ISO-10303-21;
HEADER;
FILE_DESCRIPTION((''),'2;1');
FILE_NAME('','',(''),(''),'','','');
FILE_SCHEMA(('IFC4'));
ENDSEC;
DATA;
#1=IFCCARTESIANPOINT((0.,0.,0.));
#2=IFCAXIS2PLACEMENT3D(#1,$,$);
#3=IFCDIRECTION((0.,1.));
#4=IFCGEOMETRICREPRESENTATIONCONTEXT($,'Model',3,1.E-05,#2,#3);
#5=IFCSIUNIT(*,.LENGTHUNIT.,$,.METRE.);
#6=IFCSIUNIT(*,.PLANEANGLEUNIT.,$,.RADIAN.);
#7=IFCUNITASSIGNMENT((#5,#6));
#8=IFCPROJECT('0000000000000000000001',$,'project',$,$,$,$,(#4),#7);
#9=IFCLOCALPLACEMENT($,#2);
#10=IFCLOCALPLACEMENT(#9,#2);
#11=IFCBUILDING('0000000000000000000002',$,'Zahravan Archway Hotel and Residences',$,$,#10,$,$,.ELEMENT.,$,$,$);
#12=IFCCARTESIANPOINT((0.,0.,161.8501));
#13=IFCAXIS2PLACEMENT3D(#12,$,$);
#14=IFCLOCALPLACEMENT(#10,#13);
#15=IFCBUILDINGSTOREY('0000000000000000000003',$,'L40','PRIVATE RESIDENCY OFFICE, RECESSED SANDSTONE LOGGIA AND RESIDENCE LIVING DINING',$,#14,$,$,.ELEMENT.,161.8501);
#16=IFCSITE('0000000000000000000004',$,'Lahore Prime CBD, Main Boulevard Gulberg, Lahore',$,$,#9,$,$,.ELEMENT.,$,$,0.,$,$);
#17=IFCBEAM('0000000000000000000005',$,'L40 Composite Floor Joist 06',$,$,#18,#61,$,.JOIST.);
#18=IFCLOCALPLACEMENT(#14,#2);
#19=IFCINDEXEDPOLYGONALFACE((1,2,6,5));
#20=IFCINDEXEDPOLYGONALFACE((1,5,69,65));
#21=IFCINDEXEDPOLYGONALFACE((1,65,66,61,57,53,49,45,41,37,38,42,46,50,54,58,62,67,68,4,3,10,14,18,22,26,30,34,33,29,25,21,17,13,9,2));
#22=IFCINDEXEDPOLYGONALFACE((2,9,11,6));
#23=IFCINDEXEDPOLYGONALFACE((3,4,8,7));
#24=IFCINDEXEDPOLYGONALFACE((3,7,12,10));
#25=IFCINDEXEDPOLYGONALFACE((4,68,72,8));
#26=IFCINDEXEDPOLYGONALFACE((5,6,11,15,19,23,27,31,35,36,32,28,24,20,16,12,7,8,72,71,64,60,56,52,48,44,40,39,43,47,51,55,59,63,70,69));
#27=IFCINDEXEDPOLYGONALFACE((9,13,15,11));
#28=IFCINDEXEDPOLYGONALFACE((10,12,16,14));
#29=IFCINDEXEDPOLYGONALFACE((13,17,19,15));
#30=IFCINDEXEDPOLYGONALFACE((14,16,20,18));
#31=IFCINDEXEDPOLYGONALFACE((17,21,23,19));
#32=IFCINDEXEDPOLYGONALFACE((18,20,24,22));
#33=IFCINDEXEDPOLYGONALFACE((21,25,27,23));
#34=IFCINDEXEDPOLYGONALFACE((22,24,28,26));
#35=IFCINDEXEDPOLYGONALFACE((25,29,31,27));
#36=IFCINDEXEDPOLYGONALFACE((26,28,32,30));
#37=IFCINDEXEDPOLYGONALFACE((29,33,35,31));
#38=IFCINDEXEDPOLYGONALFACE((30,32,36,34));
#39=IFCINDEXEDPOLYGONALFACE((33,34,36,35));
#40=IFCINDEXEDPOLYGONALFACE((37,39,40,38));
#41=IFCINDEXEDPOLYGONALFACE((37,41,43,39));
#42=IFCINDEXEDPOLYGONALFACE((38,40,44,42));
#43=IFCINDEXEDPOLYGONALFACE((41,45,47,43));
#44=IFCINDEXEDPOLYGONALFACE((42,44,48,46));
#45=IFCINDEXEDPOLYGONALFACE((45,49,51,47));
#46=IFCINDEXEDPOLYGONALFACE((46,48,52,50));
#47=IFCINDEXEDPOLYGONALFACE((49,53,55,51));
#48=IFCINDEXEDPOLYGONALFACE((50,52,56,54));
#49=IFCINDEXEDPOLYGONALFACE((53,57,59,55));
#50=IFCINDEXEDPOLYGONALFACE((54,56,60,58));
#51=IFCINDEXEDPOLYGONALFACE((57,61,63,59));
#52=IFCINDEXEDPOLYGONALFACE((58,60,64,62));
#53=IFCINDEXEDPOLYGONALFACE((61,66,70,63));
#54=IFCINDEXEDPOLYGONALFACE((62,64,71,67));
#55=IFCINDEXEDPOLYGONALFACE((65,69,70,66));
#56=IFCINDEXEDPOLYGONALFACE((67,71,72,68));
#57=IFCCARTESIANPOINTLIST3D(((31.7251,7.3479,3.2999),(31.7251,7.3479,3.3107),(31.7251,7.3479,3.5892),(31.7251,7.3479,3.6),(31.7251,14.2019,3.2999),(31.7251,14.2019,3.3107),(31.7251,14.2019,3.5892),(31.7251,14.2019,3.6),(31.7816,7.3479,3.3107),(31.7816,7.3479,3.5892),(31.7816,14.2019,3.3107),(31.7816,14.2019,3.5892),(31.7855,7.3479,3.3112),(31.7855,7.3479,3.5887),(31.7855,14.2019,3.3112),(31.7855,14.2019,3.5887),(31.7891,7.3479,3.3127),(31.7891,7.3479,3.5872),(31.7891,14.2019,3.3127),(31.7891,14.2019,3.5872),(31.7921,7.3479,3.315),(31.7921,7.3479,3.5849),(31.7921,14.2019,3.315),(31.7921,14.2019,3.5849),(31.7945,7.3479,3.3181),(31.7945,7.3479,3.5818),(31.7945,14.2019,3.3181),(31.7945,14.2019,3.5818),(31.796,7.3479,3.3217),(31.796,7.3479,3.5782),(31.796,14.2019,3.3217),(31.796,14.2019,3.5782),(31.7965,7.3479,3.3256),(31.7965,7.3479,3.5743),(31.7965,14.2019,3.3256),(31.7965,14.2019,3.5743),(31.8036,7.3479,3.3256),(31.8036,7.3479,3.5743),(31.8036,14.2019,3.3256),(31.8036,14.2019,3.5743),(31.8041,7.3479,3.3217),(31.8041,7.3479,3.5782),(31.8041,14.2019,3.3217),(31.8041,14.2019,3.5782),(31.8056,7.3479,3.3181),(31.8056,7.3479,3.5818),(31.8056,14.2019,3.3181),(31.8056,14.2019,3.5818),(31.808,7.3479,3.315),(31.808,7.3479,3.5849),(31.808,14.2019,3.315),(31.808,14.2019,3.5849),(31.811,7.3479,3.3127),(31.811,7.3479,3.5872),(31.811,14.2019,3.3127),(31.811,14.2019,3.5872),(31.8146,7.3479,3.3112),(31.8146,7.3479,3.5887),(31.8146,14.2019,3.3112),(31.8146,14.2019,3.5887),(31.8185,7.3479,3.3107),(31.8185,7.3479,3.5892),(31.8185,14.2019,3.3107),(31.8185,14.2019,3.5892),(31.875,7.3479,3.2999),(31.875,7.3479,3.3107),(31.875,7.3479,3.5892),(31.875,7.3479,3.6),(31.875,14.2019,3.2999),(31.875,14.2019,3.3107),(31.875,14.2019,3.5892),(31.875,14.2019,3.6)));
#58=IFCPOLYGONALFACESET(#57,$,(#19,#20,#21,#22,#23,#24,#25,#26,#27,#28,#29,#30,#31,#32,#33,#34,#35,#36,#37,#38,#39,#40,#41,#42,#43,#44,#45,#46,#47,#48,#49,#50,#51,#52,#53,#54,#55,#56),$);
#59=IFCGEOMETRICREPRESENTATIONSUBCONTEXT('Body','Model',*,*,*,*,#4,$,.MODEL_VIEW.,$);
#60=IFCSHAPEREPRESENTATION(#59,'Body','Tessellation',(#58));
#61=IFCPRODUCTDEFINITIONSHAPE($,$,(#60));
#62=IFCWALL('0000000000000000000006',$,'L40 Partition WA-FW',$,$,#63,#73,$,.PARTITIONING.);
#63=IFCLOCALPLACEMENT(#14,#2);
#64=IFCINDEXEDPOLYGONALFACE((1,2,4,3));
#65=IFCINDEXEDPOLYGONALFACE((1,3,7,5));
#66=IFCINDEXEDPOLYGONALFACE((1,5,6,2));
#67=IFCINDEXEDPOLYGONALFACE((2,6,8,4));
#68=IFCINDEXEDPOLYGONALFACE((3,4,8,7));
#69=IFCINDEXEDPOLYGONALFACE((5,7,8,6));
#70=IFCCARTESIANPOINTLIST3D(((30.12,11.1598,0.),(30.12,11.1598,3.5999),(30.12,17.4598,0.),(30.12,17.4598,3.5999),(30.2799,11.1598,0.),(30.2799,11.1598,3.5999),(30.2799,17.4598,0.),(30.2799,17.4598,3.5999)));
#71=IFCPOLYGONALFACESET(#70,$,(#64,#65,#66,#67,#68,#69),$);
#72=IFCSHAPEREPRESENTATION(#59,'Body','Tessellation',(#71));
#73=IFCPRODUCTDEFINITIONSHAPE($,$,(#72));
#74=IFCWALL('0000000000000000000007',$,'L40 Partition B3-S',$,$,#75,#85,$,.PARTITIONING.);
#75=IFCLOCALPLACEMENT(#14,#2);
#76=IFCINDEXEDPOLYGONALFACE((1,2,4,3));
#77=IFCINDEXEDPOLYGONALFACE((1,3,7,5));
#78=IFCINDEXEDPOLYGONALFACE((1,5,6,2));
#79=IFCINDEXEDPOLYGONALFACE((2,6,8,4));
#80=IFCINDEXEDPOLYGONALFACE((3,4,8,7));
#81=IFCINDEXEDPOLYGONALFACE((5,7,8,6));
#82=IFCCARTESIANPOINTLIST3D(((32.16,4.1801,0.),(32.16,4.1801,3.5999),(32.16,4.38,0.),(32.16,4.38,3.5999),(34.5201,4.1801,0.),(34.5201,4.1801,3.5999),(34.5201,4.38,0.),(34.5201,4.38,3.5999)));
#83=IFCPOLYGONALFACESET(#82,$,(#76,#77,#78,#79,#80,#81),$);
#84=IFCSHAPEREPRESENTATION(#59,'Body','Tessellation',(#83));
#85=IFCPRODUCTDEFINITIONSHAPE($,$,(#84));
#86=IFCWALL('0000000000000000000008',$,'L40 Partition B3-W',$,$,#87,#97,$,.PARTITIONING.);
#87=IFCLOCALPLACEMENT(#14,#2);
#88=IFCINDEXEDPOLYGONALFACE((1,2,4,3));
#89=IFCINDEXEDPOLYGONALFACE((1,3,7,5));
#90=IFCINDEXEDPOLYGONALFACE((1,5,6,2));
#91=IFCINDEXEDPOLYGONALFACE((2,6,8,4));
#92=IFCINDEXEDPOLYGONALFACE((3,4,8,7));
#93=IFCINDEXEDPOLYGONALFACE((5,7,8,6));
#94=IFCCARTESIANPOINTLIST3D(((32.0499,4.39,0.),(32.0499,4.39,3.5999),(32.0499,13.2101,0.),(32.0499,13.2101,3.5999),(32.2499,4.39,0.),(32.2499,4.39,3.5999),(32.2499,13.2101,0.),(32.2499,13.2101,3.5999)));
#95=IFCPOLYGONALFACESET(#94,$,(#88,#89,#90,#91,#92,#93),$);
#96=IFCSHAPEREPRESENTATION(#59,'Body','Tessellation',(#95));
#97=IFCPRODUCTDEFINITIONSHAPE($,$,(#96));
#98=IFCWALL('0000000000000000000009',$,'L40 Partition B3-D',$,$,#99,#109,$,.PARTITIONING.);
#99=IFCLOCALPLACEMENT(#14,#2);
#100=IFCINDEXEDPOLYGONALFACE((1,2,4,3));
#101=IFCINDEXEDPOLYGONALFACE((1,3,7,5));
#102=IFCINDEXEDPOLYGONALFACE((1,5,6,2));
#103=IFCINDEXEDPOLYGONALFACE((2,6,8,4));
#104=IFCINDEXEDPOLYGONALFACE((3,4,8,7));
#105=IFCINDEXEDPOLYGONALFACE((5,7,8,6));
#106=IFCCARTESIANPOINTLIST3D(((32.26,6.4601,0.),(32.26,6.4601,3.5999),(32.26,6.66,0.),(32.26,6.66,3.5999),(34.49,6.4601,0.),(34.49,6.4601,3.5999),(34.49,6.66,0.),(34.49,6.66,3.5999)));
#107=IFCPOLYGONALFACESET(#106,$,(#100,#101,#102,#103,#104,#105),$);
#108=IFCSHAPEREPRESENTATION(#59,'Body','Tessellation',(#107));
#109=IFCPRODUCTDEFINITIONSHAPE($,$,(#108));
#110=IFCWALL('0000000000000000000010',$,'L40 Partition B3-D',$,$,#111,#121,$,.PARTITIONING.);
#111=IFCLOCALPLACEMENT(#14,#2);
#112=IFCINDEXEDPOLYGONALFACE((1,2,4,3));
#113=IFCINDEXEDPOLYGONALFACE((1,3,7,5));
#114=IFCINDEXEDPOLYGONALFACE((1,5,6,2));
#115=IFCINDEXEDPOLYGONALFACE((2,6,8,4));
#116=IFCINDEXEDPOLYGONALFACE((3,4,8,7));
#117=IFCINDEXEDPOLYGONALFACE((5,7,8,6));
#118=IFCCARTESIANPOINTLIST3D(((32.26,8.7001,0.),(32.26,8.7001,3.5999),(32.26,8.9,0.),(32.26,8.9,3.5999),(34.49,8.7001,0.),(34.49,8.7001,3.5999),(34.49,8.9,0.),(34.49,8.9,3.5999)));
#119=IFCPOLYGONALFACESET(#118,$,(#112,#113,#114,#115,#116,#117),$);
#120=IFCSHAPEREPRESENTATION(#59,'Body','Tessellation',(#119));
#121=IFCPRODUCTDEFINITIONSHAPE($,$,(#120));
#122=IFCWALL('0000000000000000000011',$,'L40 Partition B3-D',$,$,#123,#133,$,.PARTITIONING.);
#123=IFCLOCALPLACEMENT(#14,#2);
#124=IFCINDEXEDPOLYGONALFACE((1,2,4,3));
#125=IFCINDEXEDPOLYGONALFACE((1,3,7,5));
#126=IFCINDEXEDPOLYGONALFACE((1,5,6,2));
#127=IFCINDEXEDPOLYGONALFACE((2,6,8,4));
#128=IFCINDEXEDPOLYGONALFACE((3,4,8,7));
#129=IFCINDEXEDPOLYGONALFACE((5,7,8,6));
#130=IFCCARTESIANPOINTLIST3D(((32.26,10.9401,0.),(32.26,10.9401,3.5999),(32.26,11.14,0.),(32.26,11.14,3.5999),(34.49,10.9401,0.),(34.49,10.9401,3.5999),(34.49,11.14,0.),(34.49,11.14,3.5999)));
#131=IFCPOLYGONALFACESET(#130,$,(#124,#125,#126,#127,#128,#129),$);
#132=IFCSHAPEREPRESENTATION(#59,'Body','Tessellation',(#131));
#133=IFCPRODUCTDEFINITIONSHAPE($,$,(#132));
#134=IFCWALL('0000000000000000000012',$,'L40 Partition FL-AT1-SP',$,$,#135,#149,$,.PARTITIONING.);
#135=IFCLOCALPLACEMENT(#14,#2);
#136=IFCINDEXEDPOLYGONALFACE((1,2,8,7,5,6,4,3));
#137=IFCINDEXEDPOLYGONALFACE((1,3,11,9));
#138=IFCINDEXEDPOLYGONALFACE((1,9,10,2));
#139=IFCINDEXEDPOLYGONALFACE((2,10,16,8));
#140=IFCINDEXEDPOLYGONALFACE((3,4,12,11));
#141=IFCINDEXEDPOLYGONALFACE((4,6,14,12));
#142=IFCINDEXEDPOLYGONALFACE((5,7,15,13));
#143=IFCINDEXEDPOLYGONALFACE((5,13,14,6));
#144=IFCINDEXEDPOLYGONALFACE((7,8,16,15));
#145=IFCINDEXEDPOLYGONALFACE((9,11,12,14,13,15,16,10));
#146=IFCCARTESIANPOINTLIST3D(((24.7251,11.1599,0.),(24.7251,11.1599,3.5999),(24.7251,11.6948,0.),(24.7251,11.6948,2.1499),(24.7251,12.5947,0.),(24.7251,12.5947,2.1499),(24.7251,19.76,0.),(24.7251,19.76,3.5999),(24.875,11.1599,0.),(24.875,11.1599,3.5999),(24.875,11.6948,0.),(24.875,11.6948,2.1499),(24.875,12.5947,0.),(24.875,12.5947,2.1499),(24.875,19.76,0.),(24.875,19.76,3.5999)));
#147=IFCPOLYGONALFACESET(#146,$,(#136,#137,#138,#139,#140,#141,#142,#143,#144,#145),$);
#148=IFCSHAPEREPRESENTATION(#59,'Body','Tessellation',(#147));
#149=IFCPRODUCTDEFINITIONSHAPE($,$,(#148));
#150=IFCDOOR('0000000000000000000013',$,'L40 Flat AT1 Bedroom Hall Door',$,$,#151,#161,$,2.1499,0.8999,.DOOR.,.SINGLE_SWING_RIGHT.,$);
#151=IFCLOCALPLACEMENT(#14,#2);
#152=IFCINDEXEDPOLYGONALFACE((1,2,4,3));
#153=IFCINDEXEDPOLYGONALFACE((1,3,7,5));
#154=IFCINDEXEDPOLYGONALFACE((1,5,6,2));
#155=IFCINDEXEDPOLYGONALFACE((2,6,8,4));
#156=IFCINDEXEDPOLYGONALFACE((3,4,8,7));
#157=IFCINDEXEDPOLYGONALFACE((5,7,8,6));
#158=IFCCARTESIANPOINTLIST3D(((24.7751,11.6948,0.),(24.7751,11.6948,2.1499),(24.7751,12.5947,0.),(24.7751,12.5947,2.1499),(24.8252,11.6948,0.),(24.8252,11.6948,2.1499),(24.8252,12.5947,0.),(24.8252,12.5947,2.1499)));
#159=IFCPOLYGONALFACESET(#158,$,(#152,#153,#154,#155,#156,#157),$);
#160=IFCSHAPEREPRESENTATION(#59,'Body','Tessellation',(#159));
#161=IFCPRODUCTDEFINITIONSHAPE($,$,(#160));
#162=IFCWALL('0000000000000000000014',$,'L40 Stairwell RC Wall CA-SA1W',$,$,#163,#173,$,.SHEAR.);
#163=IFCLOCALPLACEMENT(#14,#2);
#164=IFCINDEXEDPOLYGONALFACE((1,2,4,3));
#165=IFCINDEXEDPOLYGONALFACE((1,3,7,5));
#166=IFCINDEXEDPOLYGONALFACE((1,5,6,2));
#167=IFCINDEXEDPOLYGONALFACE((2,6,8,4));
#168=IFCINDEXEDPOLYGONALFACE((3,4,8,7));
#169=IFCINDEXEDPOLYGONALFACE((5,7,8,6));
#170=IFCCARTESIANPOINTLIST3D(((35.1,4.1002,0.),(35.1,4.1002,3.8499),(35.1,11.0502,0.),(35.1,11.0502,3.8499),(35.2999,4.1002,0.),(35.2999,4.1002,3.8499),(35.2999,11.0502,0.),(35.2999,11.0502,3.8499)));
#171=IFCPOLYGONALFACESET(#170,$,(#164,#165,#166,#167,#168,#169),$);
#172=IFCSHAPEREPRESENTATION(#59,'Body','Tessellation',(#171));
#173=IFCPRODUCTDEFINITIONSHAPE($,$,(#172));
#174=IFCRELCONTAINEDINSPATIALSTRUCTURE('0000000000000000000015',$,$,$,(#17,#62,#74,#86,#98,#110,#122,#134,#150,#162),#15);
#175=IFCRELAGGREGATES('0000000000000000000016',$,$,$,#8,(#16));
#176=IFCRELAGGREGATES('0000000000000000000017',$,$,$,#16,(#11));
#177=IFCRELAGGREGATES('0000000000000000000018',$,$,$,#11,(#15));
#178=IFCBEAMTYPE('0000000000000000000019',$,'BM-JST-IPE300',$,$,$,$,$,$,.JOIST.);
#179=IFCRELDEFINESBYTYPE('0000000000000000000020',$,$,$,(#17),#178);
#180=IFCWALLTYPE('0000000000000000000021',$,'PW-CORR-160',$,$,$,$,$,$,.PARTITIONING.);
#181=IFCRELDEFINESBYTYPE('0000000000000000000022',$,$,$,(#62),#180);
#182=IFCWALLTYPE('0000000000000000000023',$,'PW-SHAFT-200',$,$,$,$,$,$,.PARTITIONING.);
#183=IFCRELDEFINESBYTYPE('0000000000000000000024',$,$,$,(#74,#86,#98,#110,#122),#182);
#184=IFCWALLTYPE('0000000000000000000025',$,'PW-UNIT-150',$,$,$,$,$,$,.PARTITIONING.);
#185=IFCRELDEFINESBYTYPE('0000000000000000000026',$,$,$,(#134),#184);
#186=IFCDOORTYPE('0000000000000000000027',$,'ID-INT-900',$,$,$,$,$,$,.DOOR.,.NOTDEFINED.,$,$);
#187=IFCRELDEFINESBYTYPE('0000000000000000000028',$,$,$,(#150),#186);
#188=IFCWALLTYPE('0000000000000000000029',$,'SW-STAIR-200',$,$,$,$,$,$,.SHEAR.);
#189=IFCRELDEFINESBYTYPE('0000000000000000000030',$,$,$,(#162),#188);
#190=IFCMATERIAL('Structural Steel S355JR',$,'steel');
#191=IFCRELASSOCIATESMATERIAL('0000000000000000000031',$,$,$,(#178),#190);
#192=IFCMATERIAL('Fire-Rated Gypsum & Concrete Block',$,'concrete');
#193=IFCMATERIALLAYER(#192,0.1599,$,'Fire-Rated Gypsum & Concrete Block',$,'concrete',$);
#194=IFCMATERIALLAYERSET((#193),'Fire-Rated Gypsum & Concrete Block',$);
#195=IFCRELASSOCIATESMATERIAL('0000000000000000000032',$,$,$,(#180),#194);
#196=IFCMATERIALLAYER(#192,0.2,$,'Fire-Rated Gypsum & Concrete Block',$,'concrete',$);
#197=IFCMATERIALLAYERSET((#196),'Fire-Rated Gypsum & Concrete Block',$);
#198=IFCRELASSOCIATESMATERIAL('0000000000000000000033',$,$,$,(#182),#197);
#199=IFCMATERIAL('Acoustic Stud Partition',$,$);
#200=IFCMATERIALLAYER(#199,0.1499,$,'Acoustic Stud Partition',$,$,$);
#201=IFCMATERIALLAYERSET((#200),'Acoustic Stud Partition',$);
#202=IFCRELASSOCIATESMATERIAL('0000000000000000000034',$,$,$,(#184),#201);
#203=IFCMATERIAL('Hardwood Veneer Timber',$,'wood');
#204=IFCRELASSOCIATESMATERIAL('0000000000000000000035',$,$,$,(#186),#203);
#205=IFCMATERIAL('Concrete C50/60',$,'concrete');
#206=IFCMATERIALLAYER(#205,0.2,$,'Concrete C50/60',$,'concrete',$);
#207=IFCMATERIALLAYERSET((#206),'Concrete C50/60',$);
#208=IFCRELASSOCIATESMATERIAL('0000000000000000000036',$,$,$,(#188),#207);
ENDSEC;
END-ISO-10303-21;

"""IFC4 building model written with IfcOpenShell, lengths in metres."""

from ifc_helpers import new_model, si_unit, direction, frame, frame_2d, origin, origin_2d, place, context, subcontext, project, spatial, rectangle, i_section, extrude, source, transform, mapped, material, layer, layer_set, material_profile, profile_set, type_object, type_shapes, element, fill, save


model = new_model("IFC4")

# Units and contexts
model_context = context("Model", 3, precision=1e-05, world=origin(), true_north=direction((0.0, 1.0)))
body_context = subcontext(model_context, "Body", "Model", "MODEL_VIEW")
ifc_project = project(units=[si_unit("LENGTHUNIT", "METRE"), si_unit("PLANEANGLEUNIT", "RADIAN")], contexts=[model_context])

# Site, building, storey
site_placement = place(None, origin())
site = spatial("IfcSite", under=ifc_project, at=site_placement, Name="Lahore Prime CBD, Main Boulevard Gulberg, Lahore", CompositionType="ELEMENT", RefElevation=0.0)
building_placement = place(site_placement, origin())
building = spatial("IfcBuilding", under=site, at=building_placement, Name="Zahravan Archway Hotel and Residences", CompositionType="ELEMENT")
storey_placement = place(building_placement, frame((0.0, 0.0, 161.8501)))
storey = spatial("IfcBuildingStorey", under=building, at=storey_placement, Name="L40", Description="PRIVATE RESIDENCY OFFICE, RECESSED SANDSTONE LOGGIA AND RESIDENCE LIVING DINING", CompositionType="ELEMENT", Elevation=161.8501)

# Beam
ifc_material_1 = material(Name="Structural Steel S355JR", Category="steel")
ifc_material_profile_1 = material_profile(ifc_material_1, i_section(OverallWidth=0.1499, OverallDepth=0.3, WebThickness=0.0071, FlangeThickness=0.0107, FilletRadius=0.0149, at=origin_2d()), Name="IPE 300", Category="steel")
ifc_profile_set_1 = profile_set([ifc_material_profile_1], Name="Structural Steel S355JR")
beam_type_1 = type_object("IfcBeamType", Name="BM-JST-IPE300", PredefinedType="JOIST", material=ifc_profile_set_1)
shared_shape_1 = source(origin(), body_context, "Body", "SweptSolid", [
    extrude(i_section(OverallWidth=0.1499, OverallDepth=0.3, WebThickness=0.0071, FlangeThickness=0.0107, FilletRadius=0.0149, at=origin_2d()), origin(), (0.0, 0.0, 1.0), 6.854),
])
beam_1_placement = place(storey_placement, frame((31.8, 7.3479, 3.45), z_axis=(0.0, 1.0, 0.0), x_axis=(-1.0, 0.0, 0.0)))
element("IfcBeam", 1, at=beam_1_placement, inside=storey, type_object=beam_type_1, Name="L40 Composite Floor Joist 06", PredefinedType="JOIST", context=body_context, shape_type="MappedRepresentation", body=[
    mapped(shared_shape_1, transform((0.0, 0.0, 0.0), scale=1.0)),
])

# Walls
ifc_material_2 = material(Name="Fire-Rated Gypsum & Concrete Block", Category="concrete")
ifc_layer_1 = layer(ifc_material_2, 0.1599, Name="Fire-Rated Gypsum & Concrete Block", Category="concrete")
ifc_layer_set_1 = layer_set([ifc_layer_1], Name="Fire-Rated Gypsum & Concrete Block")
wall_type_1 = type_object("IfcWallType", Name="PW-CORR-160", PredefinedType="PARTITIONING", material=ifc_layer_set_1)
wall_1_placement = place(storey_placement, frame((30.2, 11.1599, 0.0), z_axis=(0.0, 0.0, 1.0), x_axis=(0.0, 1.0, 0.0)))
element("IfcWall", 2, at=wall_1_placement, inside=storey, type_object=wall_type_1, Name="L40 Partition WA-FW", PredefinedType="PARTITIONING", context=body_context, shape_type="SweptSolid", body=[
    extrude(rectangle(XDim=6.3, YDim=0.1599, at=frame_2d((3.1499, 0.0))), origin(), (0.0, 0.0, 1.0), 3.5999),
])
ifc_layer_2 = layer(ifc_material_2, 0.2, Name="Fire-Rated Gypsum & Concrete Block", Category="concrete")
ifc_layer_set_2 = layer_set([ifc_layer_2], Name="Fire-Rated Gypsum & Concrete Block")
wall_type_2 = type_object("IfcWallType", Name="PW-SHAFT-200", PredefinedType="PARTITIONING", material=ifc_layer_set_2)
wall_2_placement = place(storey_placement, frame((32.1599, 4.28, 0.0), z_axis=(0.0, 0.0, 1.0), x_axis=(1.0, 0.0, 0.0)))
element("IfcWall", 3, at=wall_2_placement, inside=storey, type_object=wall_type_2, Name="L40 Partition B3-S", PredefinedType="PARTITIONING", context=body_context, shape_type="SweptSolid", body=[
    extrude(rectangle(XDim=2.3601, YDim=0.2, at=frame_2d((1.1802, 0.0))), origin(), (0.0, 0.0, 1.0), 3.5999),
])
wall_3_placement = place(storey_placement, frame((32.1499, 4.3899, 0.0), z_axis=(0.0, 0.0, 1.0), x_axis=(0.0, 1.0, 0.0)))
element("IfcWall", 4, at=wall_3_placement, inside=storey, type_object=wall_type_2, Name="L40 Partition B3-W", PredefinedType="PARTITIONING", context=body_context, shape_type="SweptSolid", body=[
    extrude(rectangle(XDim=8.8201, YDim=0.2, at=frame_2d((4.4102, 0.0))), origin(), (0.0, 0.0, 1.0), 3.5999),
])
for number, where, z_axis, x_axis, name in (
    (5, (32.26, 6.5601, 0.0), (0.0, 0.0, 1.0), (1.0, 0.0, 0.0), "L40 Partition B3-D"),
    (6, (32.26, 8.8, 0.0), (0.0, 0.0, 1.0), (1.0, 0.0, 0.0), "L40 Partition B3-D"),
    (7, (32.26, 11.04, 0.0), (0.0, 0.0, 1.0), (1.0, 0.0, 0.0), "L40 Partition B3-D"),
):
    element("IfcWall", number, at=place(storey_placement, frame(where, z_axis=z_axis, x_axis=x_axis)), inside=storey, type_object=wall_type_2, Name=name, PredefinedType="PARTITIONING", context=body_context, shape_type="SweptSolid", body=[
        extrude(rectangle(XDim=2.23, YDim=0.2, at=frame_2d((1.115, 0.0))), origin(), (0.0, 0.0, 1.0), 3.5999),
    ])

# Wall, opening, door
ifc_material_3 = material(Name="Acoustic Stud Partition")
ifc_layer_3 = layer(ifc_material_3, 0.1499, Name="Acoustic Stud Partition")
ifc_layer_set_3 = layer_set([ifc_layer_3], Name="Acoustic Stud Partition")
wall_type_3 = type_object("IfcWallType", Name="PW-UNIT-150", PredefinedType="PARTITIONING", material=ifc_layer_set_3)
wall_4_placement = place(storey_placement, frame((24.8, 11.1599, 0.0), z_axis=(0.0, 0.0, 1.0), x_axis=(0.0, 1.0, 0.0)))
wall_4 = element("IfcWall", 8, at=wall_4_placement, inside=storey, type_object=wall_type_3, Name="L40 Partition FL-AT1-SP", PredefinedType="PARTITIONING", context=body_context, shape_type="SweptSolid", body=[
    extrude(rectangle(XDim=8.6001, YDim=0.1499, at=frame_2d((4.3, 0.0))), origin(), (0.0, 0.0, 1.0), 3.5999),
])
opening_1_placement = place(wall_4_placement, frame((0.5349, 0.0, 0.0)))
opening_1 = element("IfcOpeningElement", 9, at=opening_1_placement, cuts=wall_4, PredefinedType="OPENING", context=body_context, shape_type="SweptSolid", body=[
    extrude(rectangle(XDim=0.8999, YDim=2.1499, at=frame_2d((0.45, 1.075))), frame((0.0, 0.085, 0.0), z_axis=(0.0, -1.0, 0.0), x_axis=(1.0, 0.0, 0.0)), (0.0, 0.0, 1.0), 0.1699),
])
ifc_material_4 = material(Name="Hardwood Veneer Timber", Category="wood")
door_type_1 = type_object("IfcDoorType", Name="ID-INT-900", OperationType="NOTDEFINED", PredefinedType="DOOR", material=ifc_material_4)
shared_shape_2 = source(origin(), body_context, "Body", "SweptSolid", [
    extrude(rectangle(XDim=0.8999, YDim=2.1499, at=frame_2d((0.45, 1.075))), frame((0.0, 0.0249, 0.0), z_axis=(0.0, -1.0, 0.0), x_axis=(1.0, 0.0, 0.0)), (0.0, 0.0, 1.0), 0.05),
])
type_shapes(door_type_1, [shared_shape_2])
door_1_placement = place(opening_1_placement, origin())
door_1 = element("IfcDoor", 10, at=door_1_placement, inside=storey, type_object=door_type_1, Name="L40 Flat AT1 Bedroom Hall Door", OperationType="SINGLE_SWING_RIGHT", OverallHeight=2.1499, OverallWidth=0.8999, PredefinedType="DOOR", context=body_context, shape_type="MappedRepresentation", body=[
    mapped(shared_shape_2, transform((0.0, 0.0, 0.0), scale=1.0)),
])
fill(opening_1, door_1)

# Wall
ifc_material_5 = material(Name="Concrete C50/60", Category="concrete")
ifc_layer_4 = layer(ifc_material_5, 0.2, Name="Concrete C50/60", Category="concrete")
ifc_layer_set_4 = layer_set([ifc_layer_4], Name="Concrete C50/60")
wall_type_4 = type_object("IfcWallType", Name="SW-STAIR-200", PredefinedType="SHEAR", material=ifc_layer_set_4)
wall_5_placement = place(storey_placement, frame((35.2, 4.1001, 0.0), z_axis=(0.0, 0.0, 1.0), x_axis=(0.0, 1.0, 0.0)))
element("IfcWall", 11, at=wall_5_placement, inside=storey, type_object=wall_type_4, Name="L40 Stairwell RC Wall CA-SA1W", PredefinedType="SHEAR", context=body_context, shape_type="SweptSolid", body=[
    extrude(rectangle(XDim=6.95, YDim=0.2, at=frame_2d((3.4751, 0.0))), origin(), (0.0, 0.0, 1.0), 3.8499),
])

save(model, "model.ifc")
